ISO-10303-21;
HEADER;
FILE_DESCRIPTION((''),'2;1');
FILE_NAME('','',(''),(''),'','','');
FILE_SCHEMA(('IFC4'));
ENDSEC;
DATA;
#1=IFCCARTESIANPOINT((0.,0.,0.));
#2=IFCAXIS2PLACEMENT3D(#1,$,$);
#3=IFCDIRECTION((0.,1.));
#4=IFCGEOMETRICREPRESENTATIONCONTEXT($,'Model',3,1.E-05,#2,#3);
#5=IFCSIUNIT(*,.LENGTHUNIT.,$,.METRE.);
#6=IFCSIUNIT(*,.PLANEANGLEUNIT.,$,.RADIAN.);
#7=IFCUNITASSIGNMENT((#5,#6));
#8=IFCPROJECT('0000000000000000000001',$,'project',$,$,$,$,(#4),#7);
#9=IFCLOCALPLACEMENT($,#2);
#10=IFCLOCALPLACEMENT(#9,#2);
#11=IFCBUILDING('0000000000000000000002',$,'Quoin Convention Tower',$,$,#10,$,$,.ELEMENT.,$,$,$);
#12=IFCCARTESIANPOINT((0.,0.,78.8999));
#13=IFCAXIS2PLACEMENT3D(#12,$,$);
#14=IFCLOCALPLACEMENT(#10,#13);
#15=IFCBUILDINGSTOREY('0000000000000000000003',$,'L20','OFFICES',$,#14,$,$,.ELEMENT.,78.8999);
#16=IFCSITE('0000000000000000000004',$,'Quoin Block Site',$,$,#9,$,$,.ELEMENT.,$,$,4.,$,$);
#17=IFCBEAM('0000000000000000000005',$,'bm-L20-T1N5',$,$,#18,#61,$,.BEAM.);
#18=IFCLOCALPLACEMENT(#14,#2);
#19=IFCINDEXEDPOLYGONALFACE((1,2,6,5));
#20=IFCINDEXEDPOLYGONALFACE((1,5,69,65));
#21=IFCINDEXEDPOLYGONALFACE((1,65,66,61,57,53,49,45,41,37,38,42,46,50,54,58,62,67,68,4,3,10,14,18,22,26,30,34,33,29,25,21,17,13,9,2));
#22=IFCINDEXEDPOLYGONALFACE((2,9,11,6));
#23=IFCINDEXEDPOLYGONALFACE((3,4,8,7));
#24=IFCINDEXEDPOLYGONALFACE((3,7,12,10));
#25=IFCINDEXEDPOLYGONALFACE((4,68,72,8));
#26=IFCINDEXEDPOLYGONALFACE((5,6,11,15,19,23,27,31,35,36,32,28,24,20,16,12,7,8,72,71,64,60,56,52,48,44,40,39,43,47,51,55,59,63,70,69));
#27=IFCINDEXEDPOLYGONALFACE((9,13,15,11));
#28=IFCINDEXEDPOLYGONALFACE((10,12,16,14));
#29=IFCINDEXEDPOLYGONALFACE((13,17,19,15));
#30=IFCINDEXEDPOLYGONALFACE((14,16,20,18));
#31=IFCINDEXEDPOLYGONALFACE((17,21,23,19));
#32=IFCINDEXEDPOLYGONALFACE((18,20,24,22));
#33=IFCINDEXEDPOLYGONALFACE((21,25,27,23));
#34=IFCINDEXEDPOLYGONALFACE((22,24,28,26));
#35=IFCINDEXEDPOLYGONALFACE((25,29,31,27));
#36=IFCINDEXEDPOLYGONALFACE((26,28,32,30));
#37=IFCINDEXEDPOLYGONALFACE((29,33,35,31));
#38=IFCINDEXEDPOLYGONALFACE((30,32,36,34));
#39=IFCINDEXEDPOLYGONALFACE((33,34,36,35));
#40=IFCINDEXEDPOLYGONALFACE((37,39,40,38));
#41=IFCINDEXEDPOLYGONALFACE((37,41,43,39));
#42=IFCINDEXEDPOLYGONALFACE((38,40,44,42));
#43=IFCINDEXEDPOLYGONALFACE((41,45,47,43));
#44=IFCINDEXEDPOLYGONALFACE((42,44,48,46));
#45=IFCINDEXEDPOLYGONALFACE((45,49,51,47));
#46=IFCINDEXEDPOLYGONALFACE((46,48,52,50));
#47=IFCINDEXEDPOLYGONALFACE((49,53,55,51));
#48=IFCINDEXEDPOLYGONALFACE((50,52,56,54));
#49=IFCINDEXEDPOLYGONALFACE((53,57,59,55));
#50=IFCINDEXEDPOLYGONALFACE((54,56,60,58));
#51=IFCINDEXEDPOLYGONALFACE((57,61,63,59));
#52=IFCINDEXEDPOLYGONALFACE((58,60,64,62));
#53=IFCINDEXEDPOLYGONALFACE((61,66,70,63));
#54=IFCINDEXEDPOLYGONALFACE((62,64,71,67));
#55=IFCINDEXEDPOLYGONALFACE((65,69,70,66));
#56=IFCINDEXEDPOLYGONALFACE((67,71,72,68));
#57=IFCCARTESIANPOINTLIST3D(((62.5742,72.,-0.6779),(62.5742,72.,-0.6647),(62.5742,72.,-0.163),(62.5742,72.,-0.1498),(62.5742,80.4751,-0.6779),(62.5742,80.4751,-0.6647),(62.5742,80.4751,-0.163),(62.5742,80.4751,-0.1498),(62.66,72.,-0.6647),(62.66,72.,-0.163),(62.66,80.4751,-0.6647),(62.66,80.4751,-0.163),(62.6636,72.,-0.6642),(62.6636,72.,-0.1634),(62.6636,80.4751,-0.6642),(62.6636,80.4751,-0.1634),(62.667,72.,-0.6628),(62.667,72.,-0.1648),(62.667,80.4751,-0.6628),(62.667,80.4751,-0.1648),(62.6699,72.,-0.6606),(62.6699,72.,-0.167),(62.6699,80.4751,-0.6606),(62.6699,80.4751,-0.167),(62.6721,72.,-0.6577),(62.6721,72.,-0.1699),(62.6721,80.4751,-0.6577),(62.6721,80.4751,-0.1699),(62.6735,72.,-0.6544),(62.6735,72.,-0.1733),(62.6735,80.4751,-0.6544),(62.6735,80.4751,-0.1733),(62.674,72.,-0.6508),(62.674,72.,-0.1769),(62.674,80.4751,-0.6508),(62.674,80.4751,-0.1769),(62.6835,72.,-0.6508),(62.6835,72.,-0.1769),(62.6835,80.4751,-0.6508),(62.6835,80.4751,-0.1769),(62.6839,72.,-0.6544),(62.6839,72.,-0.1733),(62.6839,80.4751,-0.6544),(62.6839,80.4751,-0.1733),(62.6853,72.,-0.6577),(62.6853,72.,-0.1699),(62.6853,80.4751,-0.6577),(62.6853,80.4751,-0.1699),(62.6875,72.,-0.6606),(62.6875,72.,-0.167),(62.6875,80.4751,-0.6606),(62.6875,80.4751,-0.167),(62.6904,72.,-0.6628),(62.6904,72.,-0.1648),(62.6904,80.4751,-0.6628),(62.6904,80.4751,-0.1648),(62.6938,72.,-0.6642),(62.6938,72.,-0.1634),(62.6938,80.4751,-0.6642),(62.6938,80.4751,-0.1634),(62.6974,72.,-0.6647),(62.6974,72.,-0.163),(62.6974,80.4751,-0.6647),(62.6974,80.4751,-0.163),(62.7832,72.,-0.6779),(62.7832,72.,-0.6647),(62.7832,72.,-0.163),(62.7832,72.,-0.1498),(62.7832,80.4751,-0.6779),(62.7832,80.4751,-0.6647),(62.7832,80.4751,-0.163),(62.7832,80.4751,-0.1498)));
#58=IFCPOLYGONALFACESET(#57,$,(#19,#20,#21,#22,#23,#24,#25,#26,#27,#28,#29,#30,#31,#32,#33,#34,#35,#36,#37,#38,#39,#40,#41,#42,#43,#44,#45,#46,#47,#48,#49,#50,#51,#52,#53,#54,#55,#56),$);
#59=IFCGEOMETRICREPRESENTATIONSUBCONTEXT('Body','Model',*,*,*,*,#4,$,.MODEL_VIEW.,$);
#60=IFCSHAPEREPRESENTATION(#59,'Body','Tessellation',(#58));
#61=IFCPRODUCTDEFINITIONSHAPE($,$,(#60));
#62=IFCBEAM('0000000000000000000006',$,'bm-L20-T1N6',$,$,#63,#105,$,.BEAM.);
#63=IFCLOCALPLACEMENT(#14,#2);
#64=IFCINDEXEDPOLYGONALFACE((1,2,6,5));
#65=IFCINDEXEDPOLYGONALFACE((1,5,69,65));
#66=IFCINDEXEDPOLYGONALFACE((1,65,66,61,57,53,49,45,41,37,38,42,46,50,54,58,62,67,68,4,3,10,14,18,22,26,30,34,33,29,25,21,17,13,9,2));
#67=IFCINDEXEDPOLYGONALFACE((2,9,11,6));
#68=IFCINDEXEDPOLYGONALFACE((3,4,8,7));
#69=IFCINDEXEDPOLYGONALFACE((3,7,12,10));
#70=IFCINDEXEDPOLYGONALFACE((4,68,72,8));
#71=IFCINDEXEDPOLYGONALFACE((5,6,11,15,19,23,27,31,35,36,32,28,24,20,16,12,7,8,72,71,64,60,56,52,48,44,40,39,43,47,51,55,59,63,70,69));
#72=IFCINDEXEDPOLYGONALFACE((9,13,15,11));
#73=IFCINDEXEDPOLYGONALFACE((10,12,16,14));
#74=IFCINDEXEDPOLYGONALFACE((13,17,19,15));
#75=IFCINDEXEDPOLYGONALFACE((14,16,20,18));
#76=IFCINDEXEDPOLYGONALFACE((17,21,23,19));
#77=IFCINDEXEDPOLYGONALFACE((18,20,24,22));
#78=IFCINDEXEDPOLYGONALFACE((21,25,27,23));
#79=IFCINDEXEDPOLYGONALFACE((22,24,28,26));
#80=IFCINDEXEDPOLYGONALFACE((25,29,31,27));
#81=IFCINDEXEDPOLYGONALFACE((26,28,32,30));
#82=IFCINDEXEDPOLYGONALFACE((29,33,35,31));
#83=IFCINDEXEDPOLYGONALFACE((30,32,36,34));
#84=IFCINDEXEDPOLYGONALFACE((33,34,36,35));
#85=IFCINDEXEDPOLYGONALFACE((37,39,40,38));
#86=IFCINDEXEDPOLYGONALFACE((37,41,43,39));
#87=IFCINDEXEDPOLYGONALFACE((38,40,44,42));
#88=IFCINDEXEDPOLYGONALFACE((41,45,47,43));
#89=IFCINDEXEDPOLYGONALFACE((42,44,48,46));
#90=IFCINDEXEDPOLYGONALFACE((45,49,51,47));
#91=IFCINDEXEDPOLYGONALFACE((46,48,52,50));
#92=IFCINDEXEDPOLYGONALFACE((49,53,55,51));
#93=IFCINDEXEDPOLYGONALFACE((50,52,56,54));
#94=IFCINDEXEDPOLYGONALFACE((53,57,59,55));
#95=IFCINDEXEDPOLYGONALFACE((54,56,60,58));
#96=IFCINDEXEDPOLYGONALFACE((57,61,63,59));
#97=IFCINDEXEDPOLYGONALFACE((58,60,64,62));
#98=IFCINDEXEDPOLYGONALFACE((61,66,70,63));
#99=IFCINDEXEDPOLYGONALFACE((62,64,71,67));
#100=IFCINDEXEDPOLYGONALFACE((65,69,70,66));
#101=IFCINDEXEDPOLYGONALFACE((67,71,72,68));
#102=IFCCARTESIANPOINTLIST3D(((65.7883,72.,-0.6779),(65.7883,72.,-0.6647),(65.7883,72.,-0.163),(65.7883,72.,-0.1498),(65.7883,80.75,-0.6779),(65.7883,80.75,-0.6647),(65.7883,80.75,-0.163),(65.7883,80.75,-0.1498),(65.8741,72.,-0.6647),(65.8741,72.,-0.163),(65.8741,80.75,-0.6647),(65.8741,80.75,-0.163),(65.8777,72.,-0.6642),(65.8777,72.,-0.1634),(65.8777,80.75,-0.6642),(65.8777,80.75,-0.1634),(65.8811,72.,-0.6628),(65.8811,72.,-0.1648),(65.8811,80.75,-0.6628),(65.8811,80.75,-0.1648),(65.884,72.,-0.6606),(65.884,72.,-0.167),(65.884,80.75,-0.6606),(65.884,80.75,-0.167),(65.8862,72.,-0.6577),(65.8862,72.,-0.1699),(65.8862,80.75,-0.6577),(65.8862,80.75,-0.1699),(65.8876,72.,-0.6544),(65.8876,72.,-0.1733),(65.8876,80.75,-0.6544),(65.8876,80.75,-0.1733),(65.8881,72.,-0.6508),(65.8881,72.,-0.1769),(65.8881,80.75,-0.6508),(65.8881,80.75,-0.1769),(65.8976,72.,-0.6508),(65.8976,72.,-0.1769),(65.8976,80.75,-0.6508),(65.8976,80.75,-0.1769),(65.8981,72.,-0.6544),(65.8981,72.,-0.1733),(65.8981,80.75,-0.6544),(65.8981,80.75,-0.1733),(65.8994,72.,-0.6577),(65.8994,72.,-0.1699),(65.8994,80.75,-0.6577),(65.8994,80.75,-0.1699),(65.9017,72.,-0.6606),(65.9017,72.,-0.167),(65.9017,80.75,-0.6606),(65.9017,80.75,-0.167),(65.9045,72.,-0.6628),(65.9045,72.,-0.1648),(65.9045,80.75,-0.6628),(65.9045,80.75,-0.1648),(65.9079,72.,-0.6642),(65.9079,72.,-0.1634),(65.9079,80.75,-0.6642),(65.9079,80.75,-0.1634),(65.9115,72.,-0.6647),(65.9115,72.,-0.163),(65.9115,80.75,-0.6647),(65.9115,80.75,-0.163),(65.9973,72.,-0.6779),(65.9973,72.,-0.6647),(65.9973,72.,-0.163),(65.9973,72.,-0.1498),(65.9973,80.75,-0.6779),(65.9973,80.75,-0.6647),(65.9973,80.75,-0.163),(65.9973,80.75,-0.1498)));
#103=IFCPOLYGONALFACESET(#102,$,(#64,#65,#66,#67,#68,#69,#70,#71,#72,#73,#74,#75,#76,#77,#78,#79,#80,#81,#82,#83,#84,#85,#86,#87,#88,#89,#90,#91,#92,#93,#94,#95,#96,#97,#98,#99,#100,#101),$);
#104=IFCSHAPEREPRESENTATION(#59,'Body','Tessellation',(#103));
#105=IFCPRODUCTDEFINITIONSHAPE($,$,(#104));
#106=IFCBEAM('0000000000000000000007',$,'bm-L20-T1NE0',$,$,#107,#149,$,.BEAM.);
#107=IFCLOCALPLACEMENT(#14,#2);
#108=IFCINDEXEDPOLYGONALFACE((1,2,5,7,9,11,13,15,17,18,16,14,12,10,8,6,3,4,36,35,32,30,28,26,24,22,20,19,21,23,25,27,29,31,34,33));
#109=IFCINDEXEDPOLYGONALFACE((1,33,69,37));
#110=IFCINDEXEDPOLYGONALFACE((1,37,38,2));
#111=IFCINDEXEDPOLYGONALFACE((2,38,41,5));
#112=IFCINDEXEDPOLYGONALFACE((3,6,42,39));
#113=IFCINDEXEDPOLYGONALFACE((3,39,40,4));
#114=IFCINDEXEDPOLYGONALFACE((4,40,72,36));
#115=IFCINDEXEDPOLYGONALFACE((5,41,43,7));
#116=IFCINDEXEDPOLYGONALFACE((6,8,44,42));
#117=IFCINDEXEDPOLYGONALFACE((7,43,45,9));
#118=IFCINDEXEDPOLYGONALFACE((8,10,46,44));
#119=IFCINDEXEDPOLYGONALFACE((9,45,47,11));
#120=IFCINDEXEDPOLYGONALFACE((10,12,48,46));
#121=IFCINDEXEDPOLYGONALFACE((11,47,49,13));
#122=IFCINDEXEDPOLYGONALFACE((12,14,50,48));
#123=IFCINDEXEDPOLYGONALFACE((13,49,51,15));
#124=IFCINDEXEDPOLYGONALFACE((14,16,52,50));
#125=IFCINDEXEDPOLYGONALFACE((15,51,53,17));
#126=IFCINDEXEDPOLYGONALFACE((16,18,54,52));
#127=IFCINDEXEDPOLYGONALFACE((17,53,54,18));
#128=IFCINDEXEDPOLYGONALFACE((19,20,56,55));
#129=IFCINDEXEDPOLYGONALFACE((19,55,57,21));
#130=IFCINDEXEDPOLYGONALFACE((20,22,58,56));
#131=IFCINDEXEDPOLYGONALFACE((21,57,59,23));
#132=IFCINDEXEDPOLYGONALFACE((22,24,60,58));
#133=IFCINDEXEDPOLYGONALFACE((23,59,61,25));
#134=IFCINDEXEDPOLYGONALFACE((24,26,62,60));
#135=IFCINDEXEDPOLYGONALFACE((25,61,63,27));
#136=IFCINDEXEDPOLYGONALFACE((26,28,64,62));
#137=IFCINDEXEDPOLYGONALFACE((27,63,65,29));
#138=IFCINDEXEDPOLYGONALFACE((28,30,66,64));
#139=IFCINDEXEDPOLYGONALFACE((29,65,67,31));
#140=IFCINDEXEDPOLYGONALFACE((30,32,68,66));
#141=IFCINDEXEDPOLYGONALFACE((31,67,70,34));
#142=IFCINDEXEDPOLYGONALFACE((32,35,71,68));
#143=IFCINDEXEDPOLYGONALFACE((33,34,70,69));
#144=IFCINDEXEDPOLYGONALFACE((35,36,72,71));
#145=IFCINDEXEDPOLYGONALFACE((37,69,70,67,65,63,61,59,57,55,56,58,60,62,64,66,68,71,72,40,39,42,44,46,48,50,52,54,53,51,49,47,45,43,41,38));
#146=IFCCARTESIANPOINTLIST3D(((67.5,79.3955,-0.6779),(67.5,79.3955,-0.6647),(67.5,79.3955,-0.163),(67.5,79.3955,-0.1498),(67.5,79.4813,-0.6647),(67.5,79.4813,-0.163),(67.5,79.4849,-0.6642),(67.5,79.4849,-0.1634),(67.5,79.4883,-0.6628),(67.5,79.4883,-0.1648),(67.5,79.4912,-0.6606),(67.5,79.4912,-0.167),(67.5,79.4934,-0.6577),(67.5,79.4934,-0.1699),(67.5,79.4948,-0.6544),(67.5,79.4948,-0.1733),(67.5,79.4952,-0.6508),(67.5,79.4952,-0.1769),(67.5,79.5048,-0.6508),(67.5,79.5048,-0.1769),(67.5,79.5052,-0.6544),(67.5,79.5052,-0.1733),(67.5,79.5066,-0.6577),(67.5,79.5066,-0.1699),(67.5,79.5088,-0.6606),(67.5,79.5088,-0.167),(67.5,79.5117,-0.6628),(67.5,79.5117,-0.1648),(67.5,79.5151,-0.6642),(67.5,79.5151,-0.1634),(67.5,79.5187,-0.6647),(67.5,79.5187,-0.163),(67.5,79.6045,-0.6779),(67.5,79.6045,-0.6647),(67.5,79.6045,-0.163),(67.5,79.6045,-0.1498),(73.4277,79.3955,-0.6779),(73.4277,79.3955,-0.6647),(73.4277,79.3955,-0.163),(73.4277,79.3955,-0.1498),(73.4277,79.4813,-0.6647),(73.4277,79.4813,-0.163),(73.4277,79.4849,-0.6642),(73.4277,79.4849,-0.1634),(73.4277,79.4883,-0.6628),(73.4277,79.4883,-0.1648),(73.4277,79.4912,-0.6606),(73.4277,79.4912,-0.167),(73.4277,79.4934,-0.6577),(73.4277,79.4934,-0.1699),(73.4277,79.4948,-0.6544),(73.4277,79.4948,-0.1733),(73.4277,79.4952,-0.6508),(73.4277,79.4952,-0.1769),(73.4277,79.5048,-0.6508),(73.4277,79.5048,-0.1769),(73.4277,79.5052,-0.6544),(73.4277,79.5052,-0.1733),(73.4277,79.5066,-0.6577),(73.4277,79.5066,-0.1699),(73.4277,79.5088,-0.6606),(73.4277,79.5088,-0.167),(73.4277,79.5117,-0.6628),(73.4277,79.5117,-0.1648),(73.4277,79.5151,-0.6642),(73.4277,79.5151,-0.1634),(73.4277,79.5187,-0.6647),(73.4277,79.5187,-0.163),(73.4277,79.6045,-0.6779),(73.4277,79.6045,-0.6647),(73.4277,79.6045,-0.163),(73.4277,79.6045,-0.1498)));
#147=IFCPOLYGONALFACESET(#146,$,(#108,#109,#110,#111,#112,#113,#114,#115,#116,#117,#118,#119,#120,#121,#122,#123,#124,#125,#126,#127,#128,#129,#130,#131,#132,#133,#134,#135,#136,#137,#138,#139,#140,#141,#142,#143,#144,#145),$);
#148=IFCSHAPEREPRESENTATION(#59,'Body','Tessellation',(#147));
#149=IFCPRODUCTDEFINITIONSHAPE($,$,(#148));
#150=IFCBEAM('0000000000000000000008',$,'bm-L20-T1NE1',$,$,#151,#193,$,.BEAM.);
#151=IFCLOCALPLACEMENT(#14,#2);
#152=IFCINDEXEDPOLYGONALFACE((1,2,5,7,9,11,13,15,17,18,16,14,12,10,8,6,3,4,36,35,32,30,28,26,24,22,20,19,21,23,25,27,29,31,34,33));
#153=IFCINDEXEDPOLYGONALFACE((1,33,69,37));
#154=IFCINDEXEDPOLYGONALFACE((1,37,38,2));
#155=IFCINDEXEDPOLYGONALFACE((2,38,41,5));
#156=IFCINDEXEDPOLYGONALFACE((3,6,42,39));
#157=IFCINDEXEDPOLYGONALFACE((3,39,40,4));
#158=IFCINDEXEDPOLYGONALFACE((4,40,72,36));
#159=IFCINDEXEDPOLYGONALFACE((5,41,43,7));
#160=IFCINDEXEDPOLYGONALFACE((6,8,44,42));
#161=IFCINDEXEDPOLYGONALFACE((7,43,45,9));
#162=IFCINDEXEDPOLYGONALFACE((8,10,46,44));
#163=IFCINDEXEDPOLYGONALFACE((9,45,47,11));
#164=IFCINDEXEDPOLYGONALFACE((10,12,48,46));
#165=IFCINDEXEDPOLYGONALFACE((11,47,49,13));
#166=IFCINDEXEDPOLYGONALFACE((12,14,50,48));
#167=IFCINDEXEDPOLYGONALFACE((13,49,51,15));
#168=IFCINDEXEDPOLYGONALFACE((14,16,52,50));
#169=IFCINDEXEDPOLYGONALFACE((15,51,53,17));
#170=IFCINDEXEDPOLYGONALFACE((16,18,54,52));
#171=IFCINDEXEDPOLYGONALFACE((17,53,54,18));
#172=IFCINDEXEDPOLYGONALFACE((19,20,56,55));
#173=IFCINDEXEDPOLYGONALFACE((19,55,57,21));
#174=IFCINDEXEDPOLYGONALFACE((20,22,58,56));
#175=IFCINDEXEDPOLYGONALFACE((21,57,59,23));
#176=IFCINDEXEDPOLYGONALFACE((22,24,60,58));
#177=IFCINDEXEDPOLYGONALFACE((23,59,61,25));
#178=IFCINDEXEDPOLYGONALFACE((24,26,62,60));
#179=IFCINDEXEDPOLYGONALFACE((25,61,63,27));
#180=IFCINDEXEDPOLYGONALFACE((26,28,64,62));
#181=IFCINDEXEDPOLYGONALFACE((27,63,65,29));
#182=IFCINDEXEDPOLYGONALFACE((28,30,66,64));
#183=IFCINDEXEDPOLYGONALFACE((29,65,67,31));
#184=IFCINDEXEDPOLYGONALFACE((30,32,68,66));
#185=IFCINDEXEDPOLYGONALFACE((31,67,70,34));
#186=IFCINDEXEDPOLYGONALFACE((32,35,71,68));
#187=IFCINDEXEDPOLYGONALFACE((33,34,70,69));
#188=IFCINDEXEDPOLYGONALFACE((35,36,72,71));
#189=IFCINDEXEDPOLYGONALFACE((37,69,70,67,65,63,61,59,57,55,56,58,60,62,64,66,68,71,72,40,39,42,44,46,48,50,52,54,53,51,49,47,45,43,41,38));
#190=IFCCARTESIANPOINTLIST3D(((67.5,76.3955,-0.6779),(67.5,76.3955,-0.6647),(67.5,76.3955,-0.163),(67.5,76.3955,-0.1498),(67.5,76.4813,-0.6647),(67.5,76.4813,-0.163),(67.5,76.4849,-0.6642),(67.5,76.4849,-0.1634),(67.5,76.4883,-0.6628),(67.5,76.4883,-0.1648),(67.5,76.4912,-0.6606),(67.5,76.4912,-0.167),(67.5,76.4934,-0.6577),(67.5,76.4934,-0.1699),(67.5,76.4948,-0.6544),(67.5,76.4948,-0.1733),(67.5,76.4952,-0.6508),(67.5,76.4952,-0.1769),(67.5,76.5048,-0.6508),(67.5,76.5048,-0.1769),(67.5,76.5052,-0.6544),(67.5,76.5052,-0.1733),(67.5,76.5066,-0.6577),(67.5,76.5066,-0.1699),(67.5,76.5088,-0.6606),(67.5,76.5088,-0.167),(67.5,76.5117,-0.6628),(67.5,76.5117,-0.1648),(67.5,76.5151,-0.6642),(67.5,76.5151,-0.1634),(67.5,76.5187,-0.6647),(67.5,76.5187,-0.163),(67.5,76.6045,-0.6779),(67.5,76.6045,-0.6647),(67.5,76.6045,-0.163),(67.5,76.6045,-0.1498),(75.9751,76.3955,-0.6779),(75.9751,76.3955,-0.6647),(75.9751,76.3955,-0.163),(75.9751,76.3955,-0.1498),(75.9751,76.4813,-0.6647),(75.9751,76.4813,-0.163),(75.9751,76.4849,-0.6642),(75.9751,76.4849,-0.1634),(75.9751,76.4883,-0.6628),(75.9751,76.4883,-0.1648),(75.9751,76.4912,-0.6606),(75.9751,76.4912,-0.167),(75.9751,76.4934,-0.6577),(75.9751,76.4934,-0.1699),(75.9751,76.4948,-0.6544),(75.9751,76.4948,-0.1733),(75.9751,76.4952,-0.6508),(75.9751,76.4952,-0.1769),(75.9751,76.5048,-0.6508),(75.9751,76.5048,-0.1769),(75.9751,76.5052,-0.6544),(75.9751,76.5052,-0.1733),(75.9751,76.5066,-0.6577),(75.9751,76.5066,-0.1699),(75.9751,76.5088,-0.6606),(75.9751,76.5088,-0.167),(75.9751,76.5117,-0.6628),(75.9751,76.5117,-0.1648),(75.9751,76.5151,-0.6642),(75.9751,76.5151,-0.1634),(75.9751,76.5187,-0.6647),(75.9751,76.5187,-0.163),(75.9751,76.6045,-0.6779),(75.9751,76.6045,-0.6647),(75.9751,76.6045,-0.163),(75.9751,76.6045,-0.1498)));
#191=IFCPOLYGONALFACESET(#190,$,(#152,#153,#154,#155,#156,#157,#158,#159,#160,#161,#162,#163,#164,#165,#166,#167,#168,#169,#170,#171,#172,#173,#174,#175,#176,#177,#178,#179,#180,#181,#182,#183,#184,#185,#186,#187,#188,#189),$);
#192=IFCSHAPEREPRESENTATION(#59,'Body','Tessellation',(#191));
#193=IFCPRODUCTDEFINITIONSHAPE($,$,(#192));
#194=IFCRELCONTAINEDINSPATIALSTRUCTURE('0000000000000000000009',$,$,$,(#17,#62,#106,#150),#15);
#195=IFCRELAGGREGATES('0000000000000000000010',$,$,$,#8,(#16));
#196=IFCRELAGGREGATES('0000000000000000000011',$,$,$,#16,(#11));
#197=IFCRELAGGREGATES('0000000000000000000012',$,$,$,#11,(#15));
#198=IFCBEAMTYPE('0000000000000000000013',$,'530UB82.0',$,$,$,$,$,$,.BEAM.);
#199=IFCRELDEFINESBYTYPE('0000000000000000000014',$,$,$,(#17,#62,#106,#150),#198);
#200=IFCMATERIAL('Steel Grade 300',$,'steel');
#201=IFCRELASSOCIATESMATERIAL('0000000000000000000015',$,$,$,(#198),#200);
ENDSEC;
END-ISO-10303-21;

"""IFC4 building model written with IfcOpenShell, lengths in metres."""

from ifc_helpers import new_model, si_unit, direction, frame, origin, origin_2d, place, context, subcontext, project, spatial, i_section, extrude, material, material_profile, profile_set, type_object, element, save


model = new_model("IFC4")

# Units and contexts
model_context = context("Model", 3, precision=1e-05, world=origin(), true_north=direction((0.0, 1.0)))
body_context = subcontext(model_context, "Body", "Model", "MODEL_VIEW")
ifc_project = project(units=[si_unit("LENGTHUNIT", "METRE"), si_unit("PLANEANGLEUNIT", "RADIAN")], contexts=[model_context])

# Site, building, storey
site_placement = place(None, origin())
site = spatial("IfcSite", under=ifc_project, at=site_placement, Name="Quoin Block Site", CompositionType="ELEMENT", RefElevation=4.0)
building_placement = place(site_placement, origin())
building = spatial("IfcBuilding", under=site, at=building_placement, Name="Quoin Convention Tower", CompositionType="ELEMENT")
storey_placement = place(building_placement, frame((0.0, 0.0, 78.8999)))
storey = spatial("IfcBuildingStorey", under=building, at=storey_placement, Name="L20", Description="OFFICES", CompositionType="ELEMENT", Elevation=78.8999)

# Beams
ifc_material_1 = material(Name="Steel Grade 300", Category="steel")
ifc_material_profile_1 = material_profile(ifc_material_1, i_section(OverallWidth=0.209, OverallDepth=0.5281, WebThickness=0.0095, FlangeThickness=0.0132, FilletRadius=0.0139, at=origin_2d()), Name="530UB82.0")
ifc_profile_set_1 = profile_set([ifc_material_profile_1], Name="Steel Grade 300")
beam_type_1 = type_object("IfcBeamType", Name="530UB82.0", PredefinedType="BEAM", material=ifc_profile_set_1)
beam_1_placement = place(storey_placement, frame((62.6787, 72.0, -0.4138), z_axis=(0.0, 1.0, 0.0), x_axis=(-1.0, 0.0, 0.0)))
element("IfcBeam", 1, at=beam_1_placement, inside=storey, type_object=beam_type_1, Name="bm-L20-T1N5", PredefinedType="BEAM", context=body_context, shape_type="SweptSolid", body=[
    extrude(i_section(OverallWidth=0.209, OverallDepth=0.5281, WebThickness=0.0095, FlangeThickness=0.0132, FilletRadius=0.0139, at=origin_2d()), origin(), (0.0, 0.0, 1.0), 8.4751),
])
beam_2_placement = place(storey_placement, frame((65.8928, 72.0, -0.4138), z_axis=(0.0, 1.0, 0.0), x_axis=(-1.0, 0.0, 0.0)))
element("IfcBeam", 2, at=beam_2_placement, inside=storey, type_object=beam_type_1, Name="bm-L20-T1N6", PredefinedType="BEAM", context=body_context, shape_type="SweptSolid", body=[
    extrude(i_section(OverallWidth=0.209, OverallDepth=0.5281, WebThickness=0.0095, FlangeThickness=0.0132, FilletRadius=0.0139, at=origin_2d()), origin(), (0.0, 0.0, 1.0), 8.75),
])
beam_3_placement = place(storey_placement, frame((67.5, 79.5, -0.4138), z_axis=(1.0, 0.0, 0.0), x_axis=(0.0, 1.0, 0.0)))
element("IfcBeam", 3, at=beam_3_placement, inside=storey, type_object=beam_type_1, Name="bm-L20-T1NE0", PredefinedType="BEAM", context=body_context, shape_type="SweptSolid", body=[
    extrude(i_section(OverallWidth=0.209, OverallDepth=0.5281, WebThickness=0.0095, FlangeThickness=0.0132, FilletRadius=0.0139, at=origin_2d()), origin(), (0.0, 0.0, 1.0), 5.9277),
])
beam_4_placement = place(storey_placement, frame((67.5, 76.5, -0.4138), z_axis=(1.0, 0.0, 0.0), x_axis=(0.0, 1.0, 0.0)))
element("IfcBeam", 4, at=beam_4_placement, inside=storey, type_object=beam_type_1, Name="bm-L20-T1NE1", PredefinedType="BEAM", context=body_context, shape_type="SweptSolid", body=[
    extrude(i_section(OverallWidth=0.209, OverallDepth=0.5281, WebThickness=0.0095, FlangeThickness=0.0132, FilletRadius=0.0139, at=origin_2d()), origin(), (0.0, 0.0, 1.0), 8.4751),
])

save(model, "model.ifc")
